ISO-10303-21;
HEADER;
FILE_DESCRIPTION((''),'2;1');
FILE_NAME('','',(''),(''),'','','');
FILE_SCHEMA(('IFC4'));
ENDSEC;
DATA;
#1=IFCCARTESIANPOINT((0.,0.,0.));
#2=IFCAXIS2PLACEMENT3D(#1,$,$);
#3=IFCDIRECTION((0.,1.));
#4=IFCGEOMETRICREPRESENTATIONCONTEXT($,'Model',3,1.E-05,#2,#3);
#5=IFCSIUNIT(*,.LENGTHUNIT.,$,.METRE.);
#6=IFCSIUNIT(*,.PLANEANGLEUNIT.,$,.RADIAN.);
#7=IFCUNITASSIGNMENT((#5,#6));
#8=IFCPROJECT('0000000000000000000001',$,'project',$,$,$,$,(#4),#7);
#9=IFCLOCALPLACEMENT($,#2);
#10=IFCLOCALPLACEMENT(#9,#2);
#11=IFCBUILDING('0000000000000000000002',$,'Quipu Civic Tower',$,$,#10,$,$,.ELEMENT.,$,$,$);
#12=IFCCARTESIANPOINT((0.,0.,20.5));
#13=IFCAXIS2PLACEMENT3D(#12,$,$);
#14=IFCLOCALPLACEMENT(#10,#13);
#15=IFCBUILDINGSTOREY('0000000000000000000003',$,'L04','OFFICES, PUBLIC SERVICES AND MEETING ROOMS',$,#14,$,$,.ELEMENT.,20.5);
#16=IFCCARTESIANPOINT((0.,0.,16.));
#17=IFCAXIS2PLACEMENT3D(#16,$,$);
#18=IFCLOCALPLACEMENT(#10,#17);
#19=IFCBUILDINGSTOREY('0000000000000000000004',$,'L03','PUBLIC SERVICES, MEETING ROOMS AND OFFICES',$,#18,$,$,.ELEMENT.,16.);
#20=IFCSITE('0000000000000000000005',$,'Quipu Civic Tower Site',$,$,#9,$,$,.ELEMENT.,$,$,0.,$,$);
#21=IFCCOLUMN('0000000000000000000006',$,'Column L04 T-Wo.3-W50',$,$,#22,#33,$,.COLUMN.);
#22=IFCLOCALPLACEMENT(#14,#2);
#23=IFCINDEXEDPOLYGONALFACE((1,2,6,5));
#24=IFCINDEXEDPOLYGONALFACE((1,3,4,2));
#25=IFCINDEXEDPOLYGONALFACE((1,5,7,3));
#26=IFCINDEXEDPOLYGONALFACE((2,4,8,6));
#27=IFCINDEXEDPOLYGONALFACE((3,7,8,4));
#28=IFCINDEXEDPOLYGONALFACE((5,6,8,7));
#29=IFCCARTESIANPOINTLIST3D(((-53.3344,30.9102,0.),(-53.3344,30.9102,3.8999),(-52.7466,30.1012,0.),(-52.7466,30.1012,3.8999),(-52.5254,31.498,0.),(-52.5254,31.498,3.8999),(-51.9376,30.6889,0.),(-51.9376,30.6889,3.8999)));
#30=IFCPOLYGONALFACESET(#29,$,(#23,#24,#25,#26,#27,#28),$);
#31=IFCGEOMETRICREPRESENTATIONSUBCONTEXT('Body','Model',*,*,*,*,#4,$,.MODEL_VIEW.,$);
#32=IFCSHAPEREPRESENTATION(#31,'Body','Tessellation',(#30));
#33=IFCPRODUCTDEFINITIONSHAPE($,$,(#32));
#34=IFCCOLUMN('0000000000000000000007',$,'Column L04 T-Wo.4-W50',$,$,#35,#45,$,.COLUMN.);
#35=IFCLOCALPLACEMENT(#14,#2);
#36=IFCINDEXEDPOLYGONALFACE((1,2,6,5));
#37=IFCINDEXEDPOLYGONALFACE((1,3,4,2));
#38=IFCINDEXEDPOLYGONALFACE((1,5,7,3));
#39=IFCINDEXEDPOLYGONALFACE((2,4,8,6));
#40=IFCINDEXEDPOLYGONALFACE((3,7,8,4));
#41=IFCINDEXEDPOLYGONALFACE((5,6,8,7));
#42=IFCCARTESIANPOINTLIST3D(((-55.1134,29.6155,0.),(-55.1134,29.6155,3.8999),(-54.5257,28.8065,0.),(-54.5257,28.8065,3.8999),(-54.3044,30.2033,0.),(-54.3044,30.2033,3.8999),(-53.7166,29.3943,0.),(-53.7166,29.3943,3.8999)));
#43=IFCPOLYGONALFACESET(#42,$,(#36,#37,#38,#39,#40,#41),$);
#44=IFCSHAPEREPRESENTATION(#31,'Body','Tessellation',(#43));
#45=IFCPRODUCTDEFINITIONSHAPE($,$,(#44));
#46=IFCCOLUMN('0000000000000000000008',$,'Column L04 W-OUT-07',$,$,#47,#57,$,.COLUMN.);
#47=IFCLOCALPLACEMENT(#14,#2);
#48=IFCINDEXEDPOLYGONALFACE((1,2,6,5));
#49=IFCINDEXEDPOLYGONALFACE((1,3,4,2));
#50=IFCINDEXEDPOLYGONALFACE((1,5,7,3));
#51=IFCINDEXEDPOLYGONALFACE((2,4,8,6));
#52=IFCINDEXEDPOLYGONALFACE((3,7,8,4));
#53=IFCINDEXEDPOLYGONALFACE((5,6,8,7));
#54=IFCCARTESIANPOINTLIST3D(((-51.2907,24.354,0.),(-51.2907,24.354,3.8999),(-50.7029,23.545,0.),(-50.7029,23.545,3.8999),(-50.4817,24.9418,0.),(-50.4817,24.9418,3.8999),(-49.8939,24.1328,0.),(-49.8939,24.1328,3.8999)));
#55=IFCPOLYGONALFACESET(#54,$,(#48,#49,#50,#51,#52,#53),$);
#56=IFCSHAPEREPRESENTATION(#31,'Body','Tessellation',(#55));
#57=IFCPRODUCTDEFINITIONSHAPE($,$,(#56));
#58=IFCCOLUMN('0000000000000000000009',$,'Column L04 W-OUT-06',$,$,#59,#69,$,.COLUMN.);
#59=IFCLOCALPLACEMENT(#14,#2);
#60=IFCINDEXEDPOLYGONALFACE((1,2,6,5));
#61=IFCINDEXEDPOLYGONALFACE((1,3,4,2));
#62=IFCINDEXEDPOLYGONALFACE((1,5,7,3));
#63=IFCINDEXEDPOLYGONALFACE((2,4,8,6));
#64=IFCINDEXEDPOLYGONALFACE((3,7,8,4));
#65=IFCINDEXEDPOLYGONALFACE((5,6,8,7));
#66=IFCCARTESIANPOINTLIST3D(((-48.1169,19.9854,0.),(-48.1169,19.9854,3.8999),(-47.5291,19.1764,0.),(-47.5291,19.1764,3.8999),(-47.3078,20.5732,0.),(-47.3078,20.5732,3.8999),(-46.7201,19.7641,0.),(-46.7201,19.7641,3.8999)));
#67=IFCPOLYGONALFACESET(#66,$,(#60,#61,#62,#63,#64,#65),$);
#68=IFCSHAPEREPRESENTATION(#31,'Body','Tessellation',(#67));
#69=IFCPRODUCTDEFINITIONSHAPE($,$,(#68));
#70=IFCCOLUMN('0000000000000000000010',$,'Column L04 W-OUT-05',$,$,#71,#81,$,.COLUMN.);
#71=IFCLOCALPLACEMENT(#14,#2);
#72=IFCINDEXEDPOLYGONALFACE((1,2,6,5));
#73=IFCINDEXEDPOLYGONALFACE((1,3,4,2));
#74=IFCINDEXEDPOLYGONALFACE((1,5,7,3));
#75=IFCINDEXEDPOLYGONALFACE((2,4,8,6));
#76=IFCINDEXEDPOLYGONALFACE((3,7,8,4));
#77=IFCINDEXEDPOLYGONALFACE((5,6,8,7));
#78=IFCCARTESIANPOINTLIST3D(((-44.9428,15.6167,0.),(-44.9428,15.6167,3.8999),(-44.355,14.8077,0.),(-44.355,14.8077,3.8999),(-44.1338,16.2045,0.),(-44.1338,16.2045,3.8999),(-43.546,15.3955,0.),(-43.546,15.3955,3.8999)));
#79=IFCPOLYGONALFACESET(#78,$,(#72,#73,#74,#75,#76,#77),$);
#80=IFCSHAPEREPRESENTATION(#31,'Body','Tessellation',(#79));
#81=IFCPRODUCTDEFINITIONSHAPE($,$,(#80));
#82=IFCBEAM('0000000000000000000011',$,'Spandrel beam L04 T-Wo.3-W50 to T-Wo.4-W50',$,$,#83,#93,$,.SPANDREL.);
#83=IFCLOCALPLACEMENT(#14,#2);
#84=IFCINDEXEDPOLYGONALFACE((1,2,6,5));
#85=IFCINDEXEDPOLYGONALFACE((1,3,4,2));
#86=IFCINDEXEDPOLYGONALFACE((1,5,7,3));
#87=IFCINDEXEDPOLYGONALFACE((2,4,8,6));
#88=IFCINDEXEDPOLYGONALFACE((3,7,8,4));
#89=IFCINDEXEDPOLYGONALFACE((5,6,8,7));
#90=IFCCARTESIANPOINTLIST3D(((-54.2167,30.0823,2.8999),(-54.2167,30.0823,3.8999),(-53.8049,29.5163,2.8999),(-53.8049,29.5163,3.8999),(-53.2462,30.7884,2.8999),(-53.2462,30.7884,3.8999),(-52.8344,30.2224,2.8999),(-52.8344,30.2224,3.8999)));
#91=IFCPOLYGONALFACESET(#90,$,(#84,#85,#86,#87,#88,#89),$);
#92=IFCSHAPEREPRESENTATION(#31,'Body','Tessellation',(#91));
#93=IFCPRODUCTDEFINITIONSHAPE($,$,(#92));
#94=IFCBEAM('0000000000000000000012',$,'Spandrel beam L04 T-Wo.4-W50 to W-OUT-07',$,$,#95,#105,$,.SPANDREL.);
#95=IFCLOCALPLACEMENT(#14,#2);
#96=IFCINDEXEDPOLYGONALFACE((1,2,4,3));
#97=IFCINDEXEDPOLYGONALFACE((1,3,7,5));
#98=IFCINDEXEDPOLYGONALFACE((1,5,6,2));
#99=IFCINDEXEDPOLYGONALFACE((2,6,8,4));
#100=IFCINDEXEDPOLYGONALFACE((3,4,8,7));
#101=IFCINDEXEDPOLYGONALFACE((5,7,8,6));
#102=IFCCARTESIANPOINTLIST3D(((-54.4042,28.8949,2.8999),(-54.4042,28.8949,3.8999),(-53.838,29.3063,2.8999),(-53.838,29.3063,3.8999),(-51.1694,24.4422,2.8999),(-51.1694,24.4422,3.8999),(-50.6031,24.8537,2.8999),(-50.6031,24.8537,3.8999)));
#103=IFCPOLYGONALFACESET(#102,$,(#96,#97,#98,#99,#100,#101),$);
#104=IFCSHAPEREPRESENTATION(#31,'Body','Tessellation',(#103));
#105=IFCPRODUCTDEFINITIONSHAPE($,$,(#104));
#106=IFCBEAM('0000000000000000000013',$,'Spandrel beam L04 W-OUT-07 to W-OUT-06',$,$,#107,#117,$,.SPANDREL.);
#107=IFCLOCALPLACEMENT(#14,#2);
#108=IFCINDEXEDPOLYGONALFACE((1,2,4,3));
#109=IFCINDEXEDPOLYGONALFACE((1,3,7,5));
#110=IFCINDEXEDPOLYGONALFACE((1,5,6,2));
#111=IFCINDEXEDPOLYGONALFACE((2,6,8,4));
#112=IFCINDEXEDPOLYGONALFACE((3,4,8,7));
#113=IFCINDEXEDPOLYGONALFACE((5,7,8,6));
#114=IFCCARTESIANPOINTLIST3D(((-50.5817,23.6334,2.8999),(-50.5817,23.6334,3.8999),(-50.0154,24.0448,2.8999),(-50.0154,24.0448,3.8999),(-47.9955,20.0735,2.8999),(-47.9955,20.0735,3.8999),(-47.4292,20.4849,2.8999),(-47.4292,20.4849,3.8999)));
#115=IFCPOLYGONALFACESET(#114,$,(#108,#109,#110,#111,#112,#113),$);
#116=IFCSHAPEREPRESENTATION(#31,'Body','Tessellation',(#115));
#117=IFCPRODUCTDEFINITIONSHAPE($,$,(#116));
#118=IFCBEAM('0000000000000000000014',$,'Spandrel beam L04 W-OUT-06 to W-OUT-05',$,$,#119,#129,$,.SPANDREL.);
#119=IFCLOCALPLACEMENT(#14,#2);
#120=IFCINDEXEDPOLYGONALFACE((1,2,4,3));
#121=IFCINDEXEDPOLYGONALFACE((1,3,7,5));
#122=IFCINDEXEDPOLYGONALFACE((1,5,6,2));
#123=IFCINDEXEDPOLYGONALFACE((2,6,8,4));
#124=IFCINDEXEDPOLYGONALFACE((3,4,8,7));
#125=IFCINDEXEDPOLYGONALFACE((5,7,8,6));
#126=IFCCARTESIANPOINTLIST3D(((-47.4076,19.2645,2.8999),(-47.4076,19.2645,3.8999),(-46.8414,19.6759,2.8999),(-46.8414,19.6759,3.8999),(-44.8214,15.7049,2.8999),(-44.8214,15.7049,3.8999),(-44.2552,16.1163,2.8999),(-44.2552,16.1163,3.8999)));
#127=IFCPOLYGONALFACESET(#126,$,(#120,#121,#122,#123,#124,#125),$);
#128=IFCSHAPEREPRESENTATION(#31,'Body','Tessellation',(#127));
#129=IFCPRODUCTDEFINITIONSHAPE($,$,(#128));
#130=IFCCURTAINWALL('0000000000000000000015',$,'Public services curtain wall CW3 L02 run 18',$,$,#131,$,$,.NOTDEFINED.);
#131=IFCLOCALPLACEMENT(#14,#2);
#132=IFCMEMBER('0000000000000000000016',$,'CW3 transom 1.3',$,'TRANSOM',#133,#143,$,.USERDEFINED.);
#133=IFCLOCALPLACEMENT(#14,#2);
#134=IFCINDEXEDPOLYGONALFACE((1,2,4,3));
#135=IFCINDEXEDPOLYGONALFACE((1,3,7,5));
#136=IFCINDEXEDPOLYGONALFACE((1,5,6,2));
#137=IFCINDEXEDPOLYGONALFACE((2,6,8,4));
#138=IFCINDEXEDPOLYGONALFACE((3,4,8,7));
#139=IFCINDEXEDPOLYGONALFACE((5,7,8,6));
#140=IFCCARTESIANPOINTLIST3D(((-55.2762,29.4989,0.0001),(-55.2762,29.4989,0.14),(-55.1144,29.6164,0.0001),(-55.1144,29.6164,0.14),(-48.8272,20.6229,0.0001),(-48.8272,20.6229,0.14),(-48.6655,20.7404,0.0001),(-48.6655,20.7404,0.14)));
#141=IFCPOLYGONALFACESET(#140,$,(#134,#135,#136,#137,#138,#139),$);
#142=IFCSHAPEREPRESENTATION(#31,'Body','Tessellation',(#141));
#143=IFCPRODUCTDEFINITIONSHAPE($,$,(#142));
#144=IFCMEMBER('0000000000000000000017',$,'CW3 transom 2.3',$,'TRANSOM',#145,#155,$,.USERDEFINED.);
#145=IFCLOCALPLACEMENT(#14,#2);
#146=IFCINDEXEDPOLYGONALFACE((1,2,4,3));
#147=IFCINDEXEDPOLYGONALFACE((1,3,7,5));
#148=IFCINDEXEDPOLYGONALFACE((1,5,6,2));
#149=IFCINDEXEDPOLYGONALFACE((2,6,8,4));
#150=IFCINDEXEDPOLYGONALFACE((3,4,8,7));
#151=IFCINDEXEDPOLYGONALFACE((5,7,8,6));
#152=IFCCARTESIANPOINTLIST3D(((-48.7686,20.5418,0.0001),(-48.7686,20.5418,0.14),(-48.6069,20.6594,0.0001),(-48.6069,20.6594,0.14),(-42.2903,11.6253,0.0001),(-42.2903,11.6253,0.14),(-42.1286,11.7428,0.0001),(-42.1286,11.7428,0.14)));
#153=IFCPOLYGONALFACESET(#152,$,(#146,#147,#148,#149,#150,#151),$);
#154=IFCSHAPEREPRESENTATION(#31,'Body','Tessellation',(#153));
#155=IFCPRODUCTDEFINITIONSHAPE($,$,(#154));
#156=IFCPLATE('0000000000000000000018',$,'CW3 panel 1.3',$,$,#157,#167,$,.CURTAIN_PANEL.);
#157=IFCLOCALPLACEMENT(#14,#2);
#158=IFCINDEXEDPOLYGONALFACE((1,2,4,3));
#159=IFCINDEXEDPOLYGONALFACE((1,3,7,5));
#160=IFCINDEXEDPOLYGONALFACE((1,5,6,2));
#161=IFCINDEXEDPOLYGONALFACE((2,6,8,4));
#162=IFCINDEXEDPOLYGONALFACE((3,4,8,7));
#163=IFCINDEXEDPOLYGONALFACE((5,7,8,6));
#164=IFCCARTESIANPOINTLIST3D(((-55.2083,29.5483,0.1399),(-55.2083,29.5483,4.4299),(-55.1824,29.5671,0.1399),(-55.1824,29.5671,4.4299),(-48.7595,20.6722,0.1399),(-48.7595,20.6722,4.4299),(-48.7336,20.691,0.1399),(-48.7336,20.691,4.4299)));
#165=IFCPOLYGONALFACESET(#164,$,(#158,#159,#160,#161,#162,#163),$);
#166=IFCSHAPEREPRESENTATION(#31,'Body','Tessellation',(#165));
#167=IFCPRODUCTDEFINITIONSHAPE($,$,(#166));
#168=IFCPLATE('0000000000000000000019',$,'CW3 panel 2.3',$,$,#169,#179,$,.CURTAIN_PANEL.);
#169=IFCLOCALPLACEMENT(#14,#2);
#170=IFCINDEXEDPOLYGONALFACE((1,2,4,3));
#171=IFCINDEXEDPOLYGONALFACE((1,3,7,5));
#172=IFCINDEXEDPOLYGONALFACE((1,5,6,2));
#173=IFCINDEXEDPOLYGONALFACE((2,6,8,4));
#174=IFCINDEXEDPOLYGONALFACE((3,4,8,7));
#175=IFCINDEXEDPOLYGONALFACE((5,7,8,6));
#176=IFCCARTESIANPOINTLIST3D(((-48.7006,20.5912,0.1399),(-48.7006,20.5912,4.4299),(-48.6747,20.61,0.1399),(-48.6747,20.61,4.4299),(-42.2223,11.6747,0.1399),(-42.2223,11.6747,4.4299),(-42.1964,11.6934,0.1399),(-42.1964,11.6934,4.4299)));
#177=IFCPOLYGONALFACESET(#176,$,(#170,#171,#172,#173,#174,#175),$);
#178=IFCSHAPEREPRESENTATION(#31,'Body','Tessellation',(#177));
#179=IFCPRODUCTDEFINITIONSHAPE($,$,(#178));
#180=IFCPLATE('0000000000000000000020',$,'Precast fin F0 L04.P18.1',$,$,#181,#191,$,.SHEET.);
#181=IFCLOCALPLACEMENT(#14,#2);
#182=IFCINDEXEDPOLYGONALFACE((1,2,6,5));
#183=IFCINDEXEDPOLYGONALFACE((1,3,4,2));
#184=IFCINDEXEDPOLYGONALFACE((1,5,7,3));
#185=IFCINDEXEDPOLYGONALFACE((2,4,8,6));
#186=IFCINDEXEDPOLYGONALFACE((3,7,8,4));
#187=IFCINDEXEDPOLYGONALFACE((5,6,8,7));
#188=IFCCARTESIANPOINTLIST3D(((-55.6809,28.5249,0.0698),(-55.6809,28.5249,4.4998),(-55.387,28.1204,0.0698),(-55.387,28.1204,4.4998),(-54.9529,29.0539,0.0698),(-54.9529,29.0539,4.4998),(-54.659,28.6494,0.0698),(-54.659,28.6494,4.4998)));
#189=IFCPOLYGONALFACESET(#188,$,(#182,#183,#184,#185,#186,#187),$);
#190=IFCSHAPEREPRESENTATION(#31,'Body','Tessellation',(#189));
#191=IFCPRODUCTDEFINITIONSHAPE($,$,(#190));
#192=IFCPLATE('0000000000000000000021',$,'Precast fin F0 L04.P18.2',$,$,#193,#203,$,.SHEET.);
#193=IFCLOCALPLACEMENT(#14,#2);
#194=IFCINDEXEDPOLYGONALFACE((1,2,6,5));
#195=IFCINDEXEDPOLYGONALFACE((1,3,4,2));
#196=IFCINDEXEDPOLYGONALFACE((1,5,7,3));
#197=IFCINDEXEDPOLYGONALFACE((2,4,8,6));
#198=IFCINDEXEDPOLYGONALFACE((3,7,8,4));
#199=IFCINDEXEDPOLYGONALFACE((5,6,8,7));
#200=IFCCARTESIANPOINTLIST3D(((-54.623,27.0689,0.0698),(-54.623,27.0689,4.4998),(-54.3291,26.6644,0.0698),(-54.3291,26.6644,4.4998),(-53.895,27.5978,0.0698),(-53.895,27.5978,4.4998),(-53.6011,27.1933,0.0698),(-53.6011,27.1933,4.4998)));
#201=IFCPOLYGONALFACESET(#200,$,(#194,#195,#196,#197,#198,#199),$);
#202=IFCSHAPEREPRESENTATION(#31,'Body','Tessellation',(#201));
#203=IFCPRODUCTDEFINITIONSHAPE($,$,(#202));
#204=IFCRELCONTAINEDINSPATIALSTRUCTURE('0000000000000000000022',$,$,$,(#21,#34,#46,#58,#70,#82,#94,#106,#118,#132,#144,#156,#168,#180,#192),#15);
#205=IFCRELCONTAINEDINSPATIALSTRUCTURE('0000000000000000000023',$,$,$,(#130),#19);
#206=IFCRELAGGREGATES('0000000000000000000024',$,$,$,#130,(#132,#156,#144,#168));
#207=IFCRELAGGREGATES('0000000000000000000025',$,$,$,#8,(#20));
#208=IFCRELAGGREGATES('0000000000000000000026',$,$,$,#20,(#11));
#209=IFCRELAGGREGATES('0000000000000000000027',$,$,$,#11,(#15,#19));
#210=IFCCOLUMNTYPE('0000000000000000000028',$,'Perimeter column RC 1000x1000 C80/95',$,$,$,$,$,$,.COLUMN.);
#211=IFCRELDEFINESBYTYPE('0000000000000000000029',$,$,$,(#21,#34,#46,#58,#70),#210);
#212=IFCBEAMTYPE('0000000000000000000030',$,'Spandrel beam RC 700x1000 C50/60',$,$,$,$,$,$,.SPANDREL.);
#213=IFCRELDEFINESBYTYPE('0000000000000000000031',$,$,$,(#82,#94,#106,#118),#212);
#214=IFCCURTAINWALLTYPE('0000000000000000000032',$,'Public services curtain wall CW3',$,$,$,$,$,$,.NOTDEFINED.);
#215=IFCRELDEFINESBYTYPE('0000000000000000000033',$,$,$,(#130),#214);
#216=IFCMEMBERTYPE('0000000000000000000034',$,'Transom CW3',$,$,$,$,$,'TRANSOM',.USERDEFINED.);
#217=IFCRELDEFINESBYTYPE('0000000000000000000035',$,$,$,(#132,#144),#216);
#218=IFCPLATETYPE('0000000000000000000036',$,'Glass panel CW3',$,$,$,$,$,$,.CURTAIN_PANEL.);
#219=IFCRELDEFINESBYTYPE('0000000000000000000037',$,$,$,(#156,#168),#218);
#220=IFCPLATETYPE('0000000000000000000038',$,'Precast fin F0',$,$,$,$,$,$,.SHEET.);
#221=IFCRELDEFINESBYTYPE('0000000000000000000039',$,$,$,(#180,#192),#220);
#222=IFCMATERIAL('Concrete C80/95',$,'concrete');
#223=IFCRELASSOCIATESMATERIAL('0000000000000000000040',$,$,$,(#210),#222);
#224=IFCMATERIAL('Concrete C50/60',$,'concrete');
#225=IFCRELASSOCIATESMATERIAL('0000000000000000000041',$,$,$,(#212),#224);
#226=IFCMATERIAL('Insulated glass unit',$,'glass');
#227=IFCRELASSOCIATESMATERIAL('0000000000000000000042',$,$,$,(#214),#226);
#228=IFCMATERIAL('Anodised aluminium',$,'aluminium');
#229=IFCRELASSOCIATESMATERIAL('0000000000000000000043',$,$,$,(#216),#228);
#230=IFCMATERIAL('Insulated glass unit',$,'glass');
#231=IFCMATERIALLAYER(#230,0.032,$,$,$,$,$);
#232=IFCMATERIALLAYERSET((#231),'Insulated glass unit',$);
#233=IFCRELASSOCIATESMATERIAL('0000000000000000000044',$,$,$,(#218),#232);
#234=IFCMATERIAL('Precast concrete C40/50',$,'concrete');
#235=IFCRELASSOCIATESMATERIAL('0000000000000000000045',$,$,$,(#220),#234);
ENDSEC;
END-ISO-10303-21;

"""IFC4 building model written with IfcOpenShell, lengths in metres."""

from ifc_helpers import new_model, si_unit, direction, frame, origin, origin_2d, place, context, subcontext, project, spatial, rectangle, extrude, material, layer, layer_set, material_profile, profile_set, type_object, element, aggregate, save


model = new_model("IFC4")

# Units and contexts
model_context = context("Model", 3, precision=1e-05, world=origin(), true_north=direction((0.0, 1.0)))
body_context = subcontext(model_context, "Body", "Model", "MODEL_VIEW")
ifc_project = project(units=[si_unit("LENGTHUNIT", "METRE"), si_unit("PLANEANGLEUNIT", "RADIAN")], contexts=[model_context])

# Site, building, storey
site_placement = place(None, origin())
site = spatial("IfcSite", under=ifc_project, at=site_placement, Name="Quipu Civic Tower Site", CompositionType="ELEMENT", RefElevation=0.0)
building_placement = place(site_placement, origin())
building = spatial("IfcBuilding", under=site, at=building_placement, Name="Quipu Civic Tower", CompositionType="ELEMENT")
storey_1_placement = place(building_placement, frame((0.0, 0.0, 20.5)))
storey_1 = spatial("IfcBuildingStorey", under=building, at=storey_1_placement, Name="L04", Description="OFFICES, PUBLIC SERVICES AND MEETING ROOMS", CompositionType="ELEMENT", Elevation=20.5)

# Columns
ifc_material_1 = material(Name="Concrete C80/95", Category="concrete")
ifc_material_profile_1 = material_profile(ifc_material_1, rectangle(XDim=1.0, YDim=1.0, at=origin_2d()), Name="RC1000x1000")
ifc_profile_set_1 = profile_set([ifc_material_profile_1], Name="Concrete C80/95")
column_type = type_object("IfcColumnType", Name="Perimeter column RC 1000x1000 C80/95", PredefinedType="COLUMN", material=ifc_profile_set_1)
for number, where, z_axis, x_axis, name in (
    (1, (-52.636, 30.7996, 0.0), (0.0, 0.0, 1.0), (-0.809017, -0.587785, 0.0), "Column L04 T-Wo.3-W50"),
    (2, (-54.415, 29.5049, 0.0), (0.0, 0.0, 1.0), (0.587785, -0.809017, 0.0), "Column L04 T-Wo.4-W50"),
    (3, (-50.5923, 24.2434, 0.0), (0.0, 0.0, 1.0), (0.587785, -0.809017, 0.0), "Column L04 W-OUT-07"),
    (4, (-47.4185, 19.8748, 0.0), (0.0, 0.0, 1.0), (0.587785, -0.809017, 0.0), "Column L04 W-OUT-06"),
    (5, (-44.2444, 15.5061, 0.0), (0.0, 0.0, 1.0), (0.587785, -0.809017, 0.0), "Column L04 W-OUT-05"),
):
    element("IfcColumn", number, at=place(storey_1_placement, frame(where, z_axis=z_axis, x_axis=x_axis)), inside=storey_1, type_object=column_type, Name=name, PredefinedType="COLUMN", context=body_context, shape_type="SweptSolid", body=[
        extrude(rectangle(XDim=1.0, YDim=1.0, at=origin_2d()), origin(), (0.0, 0.0, 1.0), 3.8999),
    ])

# Beams
ifc_material_2 = material(Name="Concrete C50/60", Category="concrete")
ifc_material_profile_2 = material_profile(ifc_material_2, rectangle(XDim=0.7, YDim=1.0, at=origin_2d()), Name="RC700x1000")
ifc_profile_set_2 = profile_set([ifc_material_profile_2], Name="Concrete C50/60")
beam_type = type_object("IfcBeamType", Name="Spandrel beam RC 700x1000 C50/60", PredefinedType="SPANDREL", material=ifc_profile_set_2)
beam_1_placement = place(storey_1_placement, frame((-53.0403, 30.5054, 3.3999), z_axis=(-0.808631, -0.588317, 0.0), x_axis=(0.588317, -0.808631, 0.0)))
element("IfcBeam", 6, at=beam_1_placement, inside=storey_1, type_object=beam_type, Name="Spandrel beam L04 T-Wo.3-W50 to T-Wo.4-W50", PredefinedType="SPANDREL", context=body_context, shape_type="SweptSolid", body=[
    extrude(rectangle(XDim=0.7, YDim=1.0, at=origin_2d()), origin(), (0.0, 0.0, 1.0), 1.2002),
])
beam_2_placement = place(storey_1_placement, frame((-54.1211, 29.1006, 3.3999), z_axis=(0.587765, -0.809031, 0.0), x_axis=(0.809031, 0.587765, 0.0)))
element("IfcBeam", 7, at=beam_2_placement, inside=storey_1, type_object=beam_type, Name="Spandrel beam L04 T-Wo.4-W50 to W-OUT-07", PredefinedType="SPANDREL", context=body_context, shape_type="SweptSolid", body=[
    extrude(rectangle(XDim=0.7, YDim=1.0, at=origin_2d()), origin(), (0.0, 0.0, 1.0), 5.5037),
])
beam_3_placement = place(storey_1_placement, frame((-50.2986, 23.8391, 3.3999), z_axis=(0.587759, -0.809036, 0.0), x_axis=(0.809036, 0.587759, 0.0)))
element("IfcBeam", 8, at=beam_3_placement, inside=storey_1, type_object=beam_type, Name="Spandrel beam L04 W-OUT-07 to W-OUT-06", PredefinedType="SPANDREL", context=body_context, shape_type="SweptSolid", body=[
    extrude(rectangle(XDim=0.7, YDim=1.0, at=origin_2d()), origin(), (0.0, 0.0, 1.0), 4.4001),
])
beam_4_placement = place(storey_1_placement, frame((-47.1245, 19.4702, 3.3999), z_axis=(0.587786, -0.809017, 0.0), x_axis=(0.809017, 0.587786, 0.0)))
element("IfcBeam", 9, at=beam_4_placement, inside=storey_1, type_object=beam_type, Name="Spandrel beam L04 W-OUT-06 to W-OUT-05", PredefinedType="SPANDREL", context=body_context, shape_type="SweptSolid", body=[
    extrude(rectangle(XDim=0.7, YDim=1.0, at=origin_2d()), origin(), (0.0, 0.0, 1.0), 4.3999),
])

# Shared definitions
storey_2_placement = place(building_placement, frame((0.0, 0.0, 16.0)))
storey_2 = spatial("IfcBuildingStorey", under=building, at=storey_2_placement, Name="L03", Description="PUBLIC SERVICES, MEETING ROOMS AND OFFICES", CompositionType="ELEMENT", Elevation=16.0)

# Curtain wall, members, plates
ifc_material_3 = material(Name="Insulated glass unit", Category="glass")
curtain_wall_type = type_object("IfcCurtainWallType", Name="Public services curtain wall CW3", PredefinedType="NOTDEFINED", material=ifc_material_3)
curtain_wall_placement = place(storey_2_placement, origin())
curtain_wall = element("IfcCurtainWall", 10, at=curtain_wall_placement, inside=storey_2, type_object=curtain_wall_type, Name="Public services curtain wall CW3 L02 run 18", PredefinedType="NOTDEFINED")
ifc_material_4 = material(Name="Anodised aluminium", Category="aluminium")
ifc_material_profile_3 = material_profile(ifc_material_4, rectangle(XDim=0.2, YDim=0.1399, at=origin_2d()), Name="RECT 200x140")
ifc_profile_set_3 = profile_set([ifc_material_profile_3], Name="Anodised aluminium")
member_type = type_object("IfcMemberType", Name="Transom CW3", ElementType="TRANSOM", PredefinedType="USERDEFINED", material=ifc_profile_set_3)
member_1_placement = place(storey_1_placement, frame((-55.1953, 29.5576, 0.0701), z_axis=(0.587797, -0.809008, 0.0), x_axis=(0.809008, 0.587797, 0.0)))
member_1 = element("IfcMember", 11, at=member_1_placement, inside=storey_1, type_object=member_type, Name="CW3 transom 1.3", ObjectType="TRANSOM", PredefinedType="USERDEFINED", context=body_context, shape_type="SweptSolid", body=[
    extrude(rectangle(XDim=0.2, YDim=0.1399, at=origin_2d()), origin(), (0.0, 0.0, 1.0), 10.9714),
])
member_2_placement = place(storey_1_placement, frame((-48.6877, 20.6006, 0.0701), z_axis=(0.587788, -0.809015, 0.0), x_axis=(0.809015, 0.587788, 0.0)))
member_2 = element("IfcMember", 12, at=member_2_placement, inside=storey_1, type_object=member_type, Name="CW3 transom 2.3", ObjectType="TRANSOM", PredefinedType="USERDEFINED", context=body_context, shape_type="SweptSolid", body=[
    extrude(rectangle(XDim=0.2, YDim=0.1399, at=origin_2d()), origin(), (0.0, 0.0, 1.0), 11.0215),
])
ifc_material_5 = material(Name="Insulated glass unit", Category="glass")
ifc_layer_1 = layer(ifc_material_5, 0.032)
ifc_layer_set_1 = layer_set([ifc_layer_1], Name="Insulated glass unit")
plate_type_1 = type_object("IfcPlateType", Name="Glass panel CW3", PredefinedType="CURTAIN_PANEL", material=ifc_layer_set_1)
plate_1_placement = place(storey_1_placement, frame((-51.9709, 25.1196, 0.1399), z_axis=(0.0, 0.0, 1.0), x_axis=(0.587785, -0.809017, 0.0)))
plate_1 = element("IfcPlate", 13, at=plate_1_placement, inside=storey_1, type_object=plate_type_1, Name="CW3 panel 1.3", PredefinedType="CURTAIN_PANEL", context=body_context, shape_type="SweptSolid", body=[
    extrude(rectangle(XDim=10.9714, YDim=0.032, at=origin_2d()), origin(), (0.0, 0.0, 1.0), 4.29),
])
plate_2_placement = place(storey_1_placement, frame((-45.4485, 16.1423, 0.1399), z_axis=(0.0, 0.0, 1.0), x_axis=(0.587785, -0.809017, 0.0)))
plate_2 = element("IfcPlate", 14, at=plate_2_placement, inside=storey_1, type_object=plate_type_1, Name="CW3 panel 2.3", PredefinedType="CURTAIN_PANEL", context=body_context, shape_type="SweptSolid", body=[
    extrude(rectangle(XDim=11.0215, YDim=0.032, at=origin_2d()), origin(), (0.0, 0.0, 1.0), 4.29),
])
aggregate(curtain_wall, [member_1, plate_1, member_2, plate_2])

# Plates
ifc_material_6 = material(Name="Precast concrete C40/50", Category="concrete")
plate_type_2 = type_object("IfcPlateType", Name="Precast fin F0", PredefinedType="SHEET", material=ifc_material_6)
for number, where, z_axis, x_axis, name in (
    (15, (-55.1699, 28.5872, 0.0698), (0.0, 0.0, 1.0), (0.587786, -0.809017, 0.0), "Precast fin F0 L04.P18.1"),
    (16, (-54.1121, 27.1311, 0.0698), (0.0, 0.0, 1.0), (0.587786, -0.809017, 0.0), "Precast fin F0 L04.P18.2"),
):
    element("IfcPlate", number, at=place(storey_1_placement, frame(where, z_axis=z_axis, x_axis=x_axis)), inside=storey_1, type_object=plate_type_2, Name=name, PredefinedType="SHEET", context=body_context, shape_type="SweptSolid", body=[
        extrude(rectangle(XDim=0.5, YDim=0.8999, at=origin_2d()), origin(), (0.0, 0.0, 1.0), 4.4299),
    ])

save(model, "model.ifc")
